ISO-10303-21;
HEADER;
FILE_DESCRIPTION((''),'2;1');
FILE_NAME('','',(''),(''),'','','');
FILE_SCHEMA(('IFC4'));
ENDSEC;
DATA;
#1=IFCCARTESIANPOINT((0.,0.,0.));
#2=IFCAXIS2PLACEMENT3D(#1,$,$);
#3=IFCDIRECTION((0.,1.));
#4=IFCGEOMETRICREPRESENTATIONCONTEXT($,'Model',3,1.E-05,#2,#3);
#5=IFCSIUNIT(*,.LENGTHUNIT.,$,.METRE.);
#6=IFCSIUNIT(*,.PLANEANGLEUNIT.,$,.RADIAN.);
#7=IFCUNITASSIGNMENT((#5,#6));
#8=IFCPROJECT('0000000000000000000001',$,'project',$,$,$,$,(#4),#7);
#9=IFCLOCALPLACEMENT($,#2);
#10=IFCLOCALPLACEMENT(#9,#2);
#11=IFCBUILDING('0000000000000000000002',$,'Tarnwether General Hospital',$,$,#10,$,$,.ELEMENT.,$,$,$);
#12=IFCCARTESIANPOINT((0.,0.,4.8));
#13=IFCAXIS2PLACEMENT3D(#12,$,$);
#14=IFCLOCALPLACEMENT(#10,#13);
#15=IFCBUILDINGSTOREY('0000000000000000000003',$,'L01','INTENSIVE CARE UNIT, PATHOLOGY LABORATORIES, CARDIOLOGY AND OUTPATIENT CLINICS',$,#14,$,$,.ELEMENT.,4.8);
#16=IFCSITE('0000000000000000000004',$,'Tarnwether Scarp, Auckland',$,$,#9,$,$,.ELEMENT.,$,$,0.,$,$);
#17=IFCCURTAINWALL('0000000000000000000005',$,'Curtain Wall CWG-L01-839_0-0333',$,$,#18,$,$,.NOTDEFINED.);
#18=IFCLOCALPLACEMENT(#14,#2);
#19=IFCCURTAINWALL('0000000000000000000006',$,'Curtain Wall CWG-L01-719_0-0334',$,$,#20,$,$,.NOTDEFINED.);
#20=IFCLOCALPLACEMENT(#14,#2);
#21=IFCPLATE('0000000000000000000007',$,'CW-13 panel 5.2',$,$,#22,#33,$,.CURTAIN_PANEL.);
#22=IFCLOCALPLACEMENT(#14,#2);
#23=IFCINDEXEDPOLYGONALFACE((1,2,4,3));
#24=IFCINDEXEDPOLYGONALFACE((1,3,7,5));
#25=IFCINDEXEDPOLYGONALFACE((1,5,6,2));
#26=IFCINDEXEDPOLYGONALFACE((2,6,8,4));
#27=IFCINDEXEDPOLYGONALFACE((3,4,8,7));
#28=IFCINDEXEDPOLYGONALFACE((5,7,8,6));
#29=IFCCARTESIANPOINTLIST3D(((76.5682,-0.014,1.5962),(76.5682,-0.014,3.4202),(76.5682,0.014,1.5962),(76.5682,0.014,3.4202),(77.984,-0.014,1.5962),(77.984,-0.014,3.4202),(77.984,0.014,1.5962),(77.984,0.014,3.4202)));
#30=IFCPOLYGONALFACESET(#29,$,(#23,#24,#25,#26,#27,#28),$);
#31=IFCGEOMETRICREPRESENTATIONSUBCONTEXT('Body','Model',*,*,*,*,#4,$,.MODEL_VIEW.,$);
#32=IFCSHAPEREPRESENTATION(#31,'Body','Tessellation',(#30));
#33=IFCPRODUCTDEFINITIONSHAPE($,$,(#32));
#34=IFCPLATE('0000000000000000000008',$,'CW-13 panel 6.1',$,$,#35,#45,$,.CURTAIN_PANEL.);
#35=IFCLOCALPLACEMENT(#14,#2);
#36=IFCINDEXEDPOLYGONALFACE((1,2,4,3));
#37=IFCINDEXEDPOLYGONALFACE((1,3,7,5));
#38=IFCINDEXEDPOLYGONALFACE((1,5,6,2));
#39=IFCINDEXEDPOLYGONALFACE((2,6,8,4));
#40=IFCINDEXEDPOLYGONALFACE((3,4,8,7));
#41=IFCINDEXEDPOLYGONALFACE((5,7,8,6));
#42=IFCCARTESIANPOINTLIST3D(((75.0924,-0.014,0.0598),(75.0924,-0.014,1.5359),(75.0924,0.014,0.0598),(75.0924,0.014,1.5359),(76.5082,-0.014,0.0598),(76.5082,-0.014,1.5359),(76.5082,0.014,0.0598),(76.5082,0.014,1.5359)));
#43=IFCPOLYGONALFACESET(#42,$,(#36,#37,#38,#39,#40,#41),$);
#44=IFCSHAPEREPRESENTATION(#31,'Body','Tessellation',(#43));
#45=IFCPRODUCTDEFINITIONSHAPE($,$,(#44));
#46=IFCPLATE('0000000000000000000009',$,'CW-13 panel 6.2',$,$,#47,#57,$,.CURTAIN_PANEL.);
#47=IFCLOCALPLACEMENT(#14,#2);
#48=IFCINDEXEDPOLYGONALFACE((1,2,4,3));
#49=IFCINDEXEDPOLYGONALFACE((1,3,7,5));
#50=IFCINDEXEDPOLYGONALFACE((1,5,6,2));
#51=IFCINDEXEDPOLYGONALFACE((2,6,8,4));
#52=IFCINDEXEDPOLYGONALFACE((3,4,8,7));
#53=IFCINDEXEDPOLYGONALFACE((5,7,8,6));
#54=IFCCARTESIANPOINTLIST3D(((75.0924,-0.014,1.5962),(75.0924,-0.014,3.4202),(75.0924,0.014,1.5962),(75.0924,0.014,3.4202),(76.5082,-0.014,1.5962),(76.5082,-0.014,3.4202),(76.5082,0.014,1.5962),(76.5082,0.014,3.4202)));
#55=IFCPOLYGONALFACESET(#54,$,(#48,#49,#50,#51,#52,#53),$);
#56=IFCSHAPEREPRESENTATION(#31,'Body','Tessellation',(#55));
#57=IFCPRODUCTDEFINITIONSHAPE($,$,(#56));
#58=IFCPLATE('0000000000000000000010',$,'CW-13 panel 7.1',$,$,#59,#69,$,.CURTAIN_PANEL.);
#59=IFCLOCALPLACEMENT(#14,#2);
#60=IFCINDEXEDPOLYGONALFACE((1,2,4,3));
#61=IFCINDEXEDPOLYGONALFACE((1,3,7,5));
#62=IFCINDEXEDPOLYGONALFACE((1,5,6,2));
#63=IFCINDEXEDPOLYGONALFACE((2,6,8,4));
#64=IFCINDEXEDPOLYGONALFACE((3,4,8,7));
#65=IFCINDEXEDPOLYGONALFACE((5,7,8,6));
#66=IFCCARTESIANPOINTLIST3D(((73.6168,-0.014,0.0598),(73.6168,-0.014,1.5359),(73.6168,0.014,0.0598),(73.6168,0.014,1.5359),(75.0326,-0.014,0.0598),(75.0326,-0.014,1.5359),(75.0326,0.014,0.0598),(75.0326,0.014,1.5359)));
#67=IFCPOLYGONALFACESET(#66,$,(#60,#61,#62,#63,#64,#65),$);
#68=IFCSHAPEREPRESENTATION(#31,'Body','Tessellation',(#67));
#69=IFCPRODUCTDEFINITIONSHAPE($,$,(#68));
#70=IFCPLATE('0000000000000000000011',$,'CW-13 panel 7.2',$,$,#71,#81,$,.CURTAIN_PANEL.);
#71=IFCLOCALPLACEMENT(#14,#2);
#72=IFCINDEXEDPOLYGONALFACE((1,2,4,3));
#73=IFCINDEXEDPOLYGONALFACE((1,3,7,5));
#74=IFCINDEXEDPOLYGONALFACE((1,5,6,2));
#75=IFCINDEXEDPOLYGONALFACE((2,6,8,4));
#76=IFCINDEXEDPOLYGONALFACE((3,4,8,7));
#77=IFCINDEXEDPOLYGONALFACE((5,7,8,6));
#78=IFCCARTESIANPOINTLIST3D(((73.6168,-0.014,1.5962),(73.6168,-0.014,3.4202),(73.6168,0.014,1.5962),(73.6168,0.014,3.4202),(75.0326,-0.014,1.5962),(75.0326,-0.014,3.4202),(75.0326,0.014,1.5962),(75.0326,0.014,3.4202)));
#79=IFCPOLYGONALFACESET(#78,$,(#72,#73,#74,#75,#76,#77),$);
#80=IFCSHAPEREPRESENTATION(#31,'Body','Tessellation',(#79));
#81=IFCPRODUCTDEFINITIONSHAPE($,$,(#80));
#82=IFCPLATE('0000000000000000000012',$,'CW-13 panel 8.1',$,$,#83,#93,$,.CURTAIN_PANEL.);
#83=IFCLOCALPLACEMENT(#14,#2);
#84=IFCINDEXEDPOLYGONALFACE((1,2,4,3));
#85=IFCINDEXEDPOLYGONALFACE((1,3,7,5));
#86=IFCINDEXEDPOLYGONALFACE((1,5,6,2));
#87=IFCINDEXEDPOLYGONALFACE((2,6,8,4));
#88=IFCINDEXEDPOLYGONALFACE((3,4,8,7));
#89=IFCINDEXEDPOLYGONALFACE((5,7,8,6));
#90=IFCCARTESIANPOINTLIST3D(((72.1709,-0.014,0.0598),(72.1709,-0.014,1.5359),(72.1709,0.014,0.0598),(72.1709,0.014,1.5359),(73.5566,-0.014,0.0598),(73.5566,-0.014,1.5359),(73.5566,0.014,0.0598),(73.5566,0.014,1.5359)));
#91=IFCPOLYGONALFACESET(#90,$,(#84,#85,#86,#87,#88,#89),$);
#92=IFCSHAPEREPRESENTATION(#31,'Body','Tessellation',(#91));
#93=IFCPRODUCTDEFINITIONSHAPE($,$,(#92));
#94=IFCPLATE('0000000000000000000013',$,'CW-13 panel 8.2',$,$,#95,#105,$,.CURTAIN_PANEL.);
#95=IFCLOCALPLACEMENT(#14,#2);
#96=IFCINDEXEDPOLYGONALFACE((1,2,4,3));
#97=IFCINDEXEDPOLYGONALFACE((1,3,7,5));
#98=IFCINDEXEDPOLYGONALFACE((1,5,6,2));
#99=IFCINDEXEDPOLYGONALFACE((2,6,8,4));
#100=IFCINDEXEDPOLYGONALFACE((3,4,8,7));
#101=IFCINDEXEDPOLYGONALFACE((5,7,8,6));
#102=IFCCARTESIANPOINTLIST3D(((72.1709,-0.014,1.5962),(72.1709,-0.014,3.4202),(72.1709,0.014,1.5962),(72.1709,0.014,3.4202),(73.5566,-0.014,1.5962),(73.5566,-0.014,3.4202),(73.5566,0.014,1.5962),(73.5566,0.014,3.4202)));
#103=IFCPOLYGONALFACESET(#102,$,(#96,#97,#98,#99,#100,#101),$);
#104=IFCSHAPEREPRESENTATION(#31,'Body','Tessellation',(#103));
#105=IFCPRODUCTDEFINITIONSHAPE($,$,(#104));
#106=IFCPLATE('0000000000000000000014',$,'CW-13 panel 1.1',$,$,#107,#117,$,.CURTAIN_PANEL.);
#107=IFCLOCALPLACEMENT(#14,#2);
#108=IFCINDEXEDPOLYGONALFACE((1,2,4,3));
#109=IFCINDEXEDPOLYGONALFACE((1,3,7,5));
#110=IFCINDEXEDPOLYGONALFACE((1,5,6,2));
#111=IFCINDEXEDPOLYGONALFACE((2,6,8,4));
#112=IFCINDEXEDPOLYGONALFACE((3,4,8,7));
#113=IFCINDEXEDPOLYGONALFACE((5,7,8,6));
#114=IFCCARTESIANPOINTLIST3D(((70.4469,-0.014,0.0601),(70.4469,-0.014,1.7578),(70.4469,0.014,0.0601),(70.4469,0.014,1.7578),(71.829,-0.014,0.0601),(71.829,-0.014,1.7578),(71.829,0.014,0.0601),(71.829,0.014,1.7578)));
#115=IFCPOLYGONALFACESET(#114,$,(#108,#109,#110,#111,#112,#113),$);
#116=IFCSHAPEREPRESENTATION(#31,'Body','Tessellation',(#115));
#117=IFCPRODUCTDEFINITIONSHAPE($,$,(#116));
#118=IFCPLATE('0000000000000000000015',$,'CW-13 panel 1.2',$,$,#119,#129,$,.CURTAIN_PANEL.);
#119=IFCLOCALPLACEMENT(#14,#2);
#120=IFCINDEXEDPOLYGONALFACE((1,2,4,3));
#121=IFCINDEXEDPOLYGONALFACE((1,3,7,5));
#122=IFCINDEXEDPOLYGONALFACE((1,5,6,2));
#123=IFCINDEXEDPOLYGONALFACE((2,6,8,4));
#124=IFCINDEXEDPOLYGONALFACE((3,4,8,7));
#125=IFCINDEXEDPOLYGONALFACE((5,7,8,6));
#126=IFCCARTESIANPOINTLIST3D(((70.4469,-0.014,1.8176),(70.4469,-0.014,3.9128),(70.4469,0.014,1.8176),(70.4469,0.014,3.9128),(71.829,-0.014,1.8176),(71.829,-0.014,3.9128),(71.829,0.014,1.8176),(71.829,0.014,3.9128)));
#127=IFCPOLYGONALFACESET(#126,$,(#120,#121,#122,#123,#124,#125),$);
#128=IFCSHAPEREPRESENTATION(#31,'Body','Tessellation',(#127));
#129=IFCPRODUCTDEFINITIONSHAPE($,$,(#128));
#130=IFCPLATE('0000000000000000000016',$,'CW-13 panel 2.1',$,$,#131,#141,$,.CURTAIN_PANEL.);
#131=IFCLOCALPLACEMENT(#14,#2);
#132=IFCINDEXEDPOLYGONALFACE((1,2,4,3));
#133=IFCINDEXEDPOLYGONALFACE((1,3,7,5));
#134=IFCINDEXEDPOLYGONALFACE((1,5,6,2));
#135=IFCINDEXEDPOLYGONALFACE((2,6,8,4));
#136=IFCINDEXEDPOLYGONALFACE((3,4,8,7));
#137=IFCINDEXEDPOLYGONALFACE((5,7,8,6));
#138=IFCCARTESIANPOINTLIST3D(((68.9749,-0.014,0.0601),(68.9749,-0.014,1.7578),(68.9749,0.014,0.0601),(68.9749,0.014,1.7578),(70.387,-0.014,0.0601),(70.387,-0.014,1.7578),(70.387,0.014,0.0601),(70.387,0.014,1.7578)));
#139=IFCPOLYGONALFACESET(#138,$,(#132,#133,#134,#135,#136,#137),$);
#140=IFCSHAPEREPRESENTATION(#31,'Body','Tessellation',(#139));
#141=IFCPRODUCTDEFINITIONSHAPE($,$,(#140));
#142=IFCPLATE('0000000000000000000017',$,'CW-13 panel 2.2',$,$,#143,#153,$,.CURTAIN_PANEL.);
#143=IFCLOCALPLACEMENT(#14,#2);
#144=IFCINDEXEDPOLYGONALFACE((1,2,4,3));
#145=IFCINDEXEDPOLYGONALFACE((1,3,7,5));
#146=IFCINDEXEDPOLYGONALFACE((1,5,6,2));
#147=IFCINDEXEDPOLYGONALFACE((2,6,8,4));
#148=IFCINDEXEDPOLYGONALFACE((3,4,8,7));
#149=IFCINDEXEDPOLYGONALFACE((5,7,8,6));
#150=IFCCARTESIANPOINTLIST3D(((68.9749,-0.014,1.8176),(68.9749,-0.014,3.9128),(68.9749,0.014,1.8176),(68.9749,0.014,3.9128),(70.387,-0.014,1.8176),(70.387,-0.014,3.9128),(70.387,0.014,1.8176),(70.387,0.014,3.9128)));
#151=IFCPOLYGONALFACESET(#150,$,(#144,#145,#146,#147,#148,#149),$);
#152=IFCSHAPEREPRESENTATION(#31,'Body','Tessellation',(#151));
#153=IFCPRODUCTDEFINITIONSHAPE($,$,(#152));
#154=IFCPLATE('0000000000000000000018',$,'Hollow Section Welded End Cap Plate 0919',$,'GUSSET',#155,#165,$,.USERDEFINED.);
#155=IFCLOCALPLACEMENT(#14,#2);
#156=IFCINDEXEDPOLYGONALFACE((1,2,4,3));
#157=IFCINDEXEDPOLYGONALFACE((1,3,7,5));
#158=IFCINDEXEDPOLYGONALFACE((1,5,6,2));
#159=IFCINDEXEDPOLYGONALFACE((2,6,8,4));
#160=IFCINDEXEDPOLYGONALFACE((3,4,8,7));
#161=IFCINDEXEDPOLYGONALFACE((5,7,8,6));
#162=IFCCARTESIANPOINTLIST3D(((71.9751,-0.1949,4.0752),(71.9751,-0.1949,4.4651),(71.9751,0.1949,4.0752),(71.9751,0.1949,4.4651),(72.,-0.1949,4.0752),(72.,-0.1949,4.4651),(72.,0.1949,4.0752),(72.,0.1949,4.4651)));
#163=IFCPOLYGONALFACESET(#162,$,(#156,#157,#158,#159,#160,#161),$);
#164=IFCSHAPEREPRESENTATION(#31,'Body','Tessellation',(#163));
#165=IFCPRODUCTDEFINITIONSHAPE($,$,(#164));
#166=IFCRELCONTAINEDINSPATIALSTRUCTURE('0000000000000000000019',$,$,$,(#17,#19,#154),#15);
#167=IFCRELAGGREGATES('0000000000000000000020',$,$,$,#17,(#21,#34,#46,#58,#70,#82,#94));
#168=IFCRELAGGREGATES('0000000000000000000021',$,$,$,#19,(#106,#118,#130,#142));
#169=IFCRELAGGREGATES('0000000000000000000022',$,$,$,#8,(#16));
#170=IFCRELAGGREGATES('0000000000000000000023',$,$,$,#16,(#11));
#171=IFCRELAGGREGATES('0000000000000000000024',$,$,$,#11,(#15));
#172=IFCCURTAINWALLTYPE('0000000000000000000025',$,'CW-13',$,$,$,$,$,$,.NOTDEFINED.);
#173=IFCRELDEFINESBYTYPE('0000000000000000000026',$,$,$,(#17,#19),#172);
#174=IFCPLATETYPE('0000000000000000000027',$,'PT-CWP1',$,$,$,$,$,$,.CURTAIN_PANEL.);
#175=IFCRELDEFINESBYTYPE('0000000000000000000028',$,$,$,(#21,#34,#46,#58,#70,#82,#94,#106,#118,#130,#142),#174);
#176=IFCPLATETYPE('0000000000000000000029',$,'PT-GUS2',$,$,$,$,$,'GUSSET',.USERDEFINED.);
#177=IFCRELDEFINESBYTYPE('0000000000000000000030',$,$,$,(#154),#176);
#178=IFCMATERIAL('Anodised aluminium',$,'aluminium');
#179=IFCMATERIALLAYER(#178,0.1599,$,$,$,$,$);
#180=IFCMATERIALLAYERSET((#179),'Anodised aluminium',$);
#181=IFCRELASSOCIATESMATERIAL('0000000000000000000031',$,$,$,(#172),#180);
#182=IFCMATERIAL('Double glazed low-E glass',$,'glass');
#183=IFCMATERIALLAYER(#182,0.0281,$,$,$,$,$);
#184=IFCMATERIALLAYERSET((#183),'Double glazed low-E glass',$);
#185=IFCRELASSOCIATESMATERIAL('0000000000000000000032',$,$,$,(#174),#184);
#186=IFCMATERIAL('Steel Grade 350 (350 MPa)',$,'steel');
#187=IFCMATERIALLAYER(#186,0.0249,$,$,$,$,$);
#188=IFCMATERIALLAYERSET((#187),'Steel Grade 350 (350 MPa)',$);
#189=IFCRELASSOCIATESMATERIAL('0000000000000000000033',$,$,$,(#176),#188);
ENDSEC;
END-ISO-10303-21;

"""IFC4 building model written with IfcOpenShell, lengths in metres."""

from ifc_helpers import new_model, si_unit, direction, frame, origin, origin_2d, place, context, subcontext, project, spatial, rectangle, extrude, material, layer, layer_set, type_object, element, aggregate, save


model = new_model("IFC4")

# Units and contexts
model_context = context("Model", 3, precision=1e-05, world=origin(), true_north=direction((0.0, 1.0)))
body_context = subcontext(model_context, "Body", "Model", "MODEL_VIEW")
ifc_project = project(units=[si_unit("LENGTHUNIT", "METRE"), si_unit("PLANEANGLEUNIT", "RADIAN")], contexts=[model_context])

# Site, building, storey
site_placement = place(None, origin())
site = spatial("IfcSite", under=ifc_project, at=site_placement, Name="Tarnwether Scarp, Auckland", CompositionType="ELEMENT", RefElevation=0.0)
building_placement = place(site_placement, origin())
building = spatial("IfcBuilding", under=site, at=building_placement, Name="Tarnwether General Hospital", CompositionType="ELEMENT")
storey_placement = place(building_placement, frame((0.0, 0.0, 4.8)))
storey = spatial("IfcBuildingStorey", under=building, at=storey_placement, Name="L01", Description="INTENSIVE CARE UNIT, PATHOLOGY LABORATORIES, CARDIOLOGY AND OUTPATIENT CLINICS", CompositionType="ELEMENT", Elevation=4.8)

# Curtain walls
ifc_material_1 = material(Name="Anodised aluminium", Category="aluminium")
ifc_layer_1 = layer(ifc_material_1, 0.1599)
ifc_layer_set_1 = layer_set([ifc_layer_1], Name="Anodised aluminium")
curtain_wall_type = type_object("IfcCurtainWallType", Name="CW-13", PredefinedType="NOTDEFINED", material=ifc_layer_set_1)
curtain_wall_1_placement = place(storey_placement, origin())
curtain_wall_1 = element("IfcCurtainWall", 1, at=curtain_wall_1_placement, inside=storey, type_object=curtain_wall_type, Name="Curtain Wall CWG-L01-839_0-0333", PredefinedType="NOTDEFINED")
curtain_wall_2_placement = place(storey_placement, origin())
curtain_wall_2 = element("IfcCurtainWall", 2, at=curtain_wall_2_placement, inside=storey, type_object=curtain_wall_type, Name="Curtain Wall CWG-L01-719_0-0334", PredefinedType="NOTDEFINED")

# Plates
ifc_material_2 = material(Name="Double glazed low-E glass", Category="glass")
ifc_layer_2 = layer(ifc_material_2, 0.0281)
ifc_layer_set_2 = layer_set([ifc_layer_2], Name="Double glazed low-E glass")
plate_type_1 = type_object("IfcPlateType", Name="PT-CWP1", PredefinedType="CURTAIN_PANEL", material=ifc_layer_set_2)
plate_1_placement = place(storey_placement, frame((77.2761, 0.0, 1.5962), z_axis=(0.0, 0.0, 1.0), x_axis=(-1.0, 0.0, 0.0)))
plate_1 = element("IfcPlate", 3, at=plate_1_placement, type_object=plate_type_1, Name="CW-13 panel 5.2", PredefinedType="CURTAIN_PANEL", context=body_context, shape_type="SweptSolid", body=[
    extrude(rectangle(XDim=1.4158, YDim=0.0281, at=origin_2d()), origin(), (0.0, 0.0, 1.0), 1.824),
])
plate_2_placement = place(storey_placement, frame((75.8003, 0.0, 0.0598), z_axis=(0.0, 0.0, 1.0), x_axis=(-1.0, 0.0, 0.0)))
plate_2 = element("IfcPlate", 4, at=plate_2_placement, type_object=plate_type_1, Name="CW-13 panel 6.1", PredefinedType="CURTAIN_PANEL", context=body_context, shape_type="SweptSolid", body=[
    extrude(rectangle(XDim=1.4158, YDim=0.0281, at=origin_2d()), origin(), (0.0, 0.0, 1.0), 1.4761),
])
plate_3_placement = place(storey_placement, frame((75.8003, 0.0, 1.5962), z_axis=(0.0, 0.0, 1.0), x_axis=(-1.0, 0.0, 0.0)))
plate_3 = element("IfcPlate", 5, at=plate_3_placement, type_object=plate_type_1, Name="CW-13 panel 6.2", PredefinedType="CURTAIN_PANEL", context=body_context, shape_type="SweptSolid", body=[
    extrude(rectangle(XDim=1.4158, YDim=0.0281, at=origin_2d()), origin(), (0.0, 0.0, 1.0), 1.824),
])
plate_4_placement = place(storey_placement, frame((74.3247, 0.0, 0.0598), z_axis=(0.0, 0.0, 1.0), x_axis=(-1.0, 0.0, 0.0)))
plate_4 = element("IfcPlate", 6, at=plate_4_placement, type_object=plate_type_1, Name="CW-13 panel 7.1", PredefinedType="CURTAIN_PANEL", context=body_context, shape_type="SweptSolid", body=[
    extrude(rectangle(XDim=1.4158, YDim=0.0281, at=origin_2d()), origin(), (0.0, 0.0, 1.0), 1.4761),
])
plate_5_placement = place(storey_placement, frame((74.3247, 0.0, 1.5962), z_axis=(0.0, 0.0, 1.0), x_axis=(-1.0, 0.0, 0.0)))
plate_5 = element("IfcPlate", 7, at=plate_5_placement, type_object=plate_type_1, Name="CW-13 panel 7.2", PredefinedType="CURTAIN_PANEL", context=body_context, shape_type="SweptSolid", body=[
    extrude(rectangle(XDim=1.4158, YDim=0.0281, at=origin_2d()), origin(), (0.0, 0.0, 1.0), 1.824),
])
plate_6_placement = place(storey_placement, frame((72.8638, 0.0, 0.0598), z_axis=(0.0, 0.0, 1.0), x_axis=(-1.0, 0.0, 0.0)))
plate_6 = element("IfcPlate", 8, at=plate_6_placement, type_object=plate_type_1, Name="CW-13 panel 8.1", PredefinedType="CURTAIN_PANEL", context=body_context, shape_type="SweptSolid", body=[
    extrude(rectangle(XDim=1.3857, YDim=0.0281, at=origin_2d()), origin(), (0.0, 0.0, 1.0), 1.4761),
])
plate_7_placement = place(storey_placement, frame((72.8638, 0.0, 1.5962), z_axis=(0.0, 0.0, 1.0), x_axis=(-1.0, 0.0, 0.0)))
plate_7 = element("IfcPlate", 9, at=plate_7_placement, type_object=plate_type_1, Name="CW-13 panel 8.2", PredefinedType="CURTAIN_PANEL", context=body_context, shape_type="SweptSolid", body=[
    extrude(rectangle(XDim=1.3857, YDim=0.0281, at=origin_2d()), origin(), (0.0, 0.0, 1.0), 1.824),
])
aggregate(curtain_wall_1, [plate_1, plate_2, plate_3, plate_4, plate_5, plate_6, plate_7])
plate_8_placement = place(storey_placement, frame((71.1379, 0.0, 0.0601), z_axis=(0.0, 0.0, 1.0), x_axis=(-1.0, 0.0, 0.0)))
plate_8 = element("IfcPlate", 10, at=plate_8_placement, type_object=plate_type_1, Name="CW-13 panel 1.1", PredefinedType="CURTAIN_PANEL", context=body_context, shape_type="SweptSolid", body=[
    extrude(rectangle(XDim=1.3821, YDim=0.0281, at=origin_2d()), origin(), (0.0, 0.0, 1.0), 1.6978),
])
plate_9_placement = place(storey_placement, frame((71.1379, 0.0, 1.8176), z_axis=(0.0, 0.0, 1.0), x_axis=(-1.0, 0.0, 0.0)))
plate_9 = element("IfcPlate", 11, at=plate_9_placement, type_object=plate_type_1, Name="CW-13 panel 1.2", PredefinedType="CURTAIN_PANEL", context=body_context, shape_type="SweptSolid", body=[
    extrude(rectangle(XDim=1.3821, YDim=0.0281, at=origin_2d()), origin(), (0.0, 0.0, 1.0), 2.0952),
])
plate_10_placement = place(storey_placement, frame((69.6809, 0.0, 0.0601), z_axis=(0.0, 0.0, 1.0), x_axis=(-1.0, 0.0, 0.0)))
plate_10 = element("IfcPlate", 12, at=plate_10_placement, type_object=plate_type_1, Name="CW-13 panel 2.1", PredefinedType="CURTAIN_PANEL", context=body_context, shape_type="SweptSolid", body=[
    extrude(rectangle(XDim=1.4121, YDim=0.0281, at=origin_2d()), origin(), (0.0, 0.0, 1.0), 1.6978),
])
plate_11_placement = place(storey_placement, frame((69.6809, 0.0, 1.8176), z_axis=(0.0, 0.0, 1.0), x_axis=(-1.0, 0.0, 0.0)))
plate_11 = element("IfcPlate", 13, at=plate_11_placement, type_object=plate_type_1, Name="CW-13 panel 2.2", PredefinedType="CURTAIN_PANEL", context=body_context, shape_type="SweptSolid", body=[
    extrude(rectangle(XDim=1.4121, YDim=0.0281, at=origin_2d()), origin(), (0.0, 0.0, 1.0), 2.0952),
])
aggregate(curtain_wall_2, [plate_8, plate_9, plate_10, plate_11])
ifc_material_3 = material(Name="Steel Grade 350 (350 MPa)", Category="steel")
ifc_layer_3 = layer(ifc_material_3, 0.0249)
ifc_layer_set_3 = layer_set([ifc_layer_3], Name="Steel Grade 350 (350 MPa)")
plate_type_2 = type_object("IfcPlateType", Name="PT-GUS2", ElementType="GUSSET", PredefinedType="USERDEFINED", material=ifc_layer_set_3)
plate_12_placement = place(storey_placement, frame((71.9875, 0.0, 4.0752), z_axis=(0.0, 0.0, 1.0), x_axis=(1.0, 0.0, 0.0)))
element("IfcPlate", 14, at=plate_12_placement, inside=storey, type_object=plate_type_2, Name="Hollow Section Welded End Cap Plate 0919", ObjectType="GUSSET", PredefinedType="USERDEFINED", context=body_context, shape_type="SweptSolid", body=[
    extrude(rectangle(XDim=0.0249, YDim=0.3899, at=origin_2d()), origin(), (0.0, 0.0, 1.0), 0.3899),
])

save(model, "model.ifc")
